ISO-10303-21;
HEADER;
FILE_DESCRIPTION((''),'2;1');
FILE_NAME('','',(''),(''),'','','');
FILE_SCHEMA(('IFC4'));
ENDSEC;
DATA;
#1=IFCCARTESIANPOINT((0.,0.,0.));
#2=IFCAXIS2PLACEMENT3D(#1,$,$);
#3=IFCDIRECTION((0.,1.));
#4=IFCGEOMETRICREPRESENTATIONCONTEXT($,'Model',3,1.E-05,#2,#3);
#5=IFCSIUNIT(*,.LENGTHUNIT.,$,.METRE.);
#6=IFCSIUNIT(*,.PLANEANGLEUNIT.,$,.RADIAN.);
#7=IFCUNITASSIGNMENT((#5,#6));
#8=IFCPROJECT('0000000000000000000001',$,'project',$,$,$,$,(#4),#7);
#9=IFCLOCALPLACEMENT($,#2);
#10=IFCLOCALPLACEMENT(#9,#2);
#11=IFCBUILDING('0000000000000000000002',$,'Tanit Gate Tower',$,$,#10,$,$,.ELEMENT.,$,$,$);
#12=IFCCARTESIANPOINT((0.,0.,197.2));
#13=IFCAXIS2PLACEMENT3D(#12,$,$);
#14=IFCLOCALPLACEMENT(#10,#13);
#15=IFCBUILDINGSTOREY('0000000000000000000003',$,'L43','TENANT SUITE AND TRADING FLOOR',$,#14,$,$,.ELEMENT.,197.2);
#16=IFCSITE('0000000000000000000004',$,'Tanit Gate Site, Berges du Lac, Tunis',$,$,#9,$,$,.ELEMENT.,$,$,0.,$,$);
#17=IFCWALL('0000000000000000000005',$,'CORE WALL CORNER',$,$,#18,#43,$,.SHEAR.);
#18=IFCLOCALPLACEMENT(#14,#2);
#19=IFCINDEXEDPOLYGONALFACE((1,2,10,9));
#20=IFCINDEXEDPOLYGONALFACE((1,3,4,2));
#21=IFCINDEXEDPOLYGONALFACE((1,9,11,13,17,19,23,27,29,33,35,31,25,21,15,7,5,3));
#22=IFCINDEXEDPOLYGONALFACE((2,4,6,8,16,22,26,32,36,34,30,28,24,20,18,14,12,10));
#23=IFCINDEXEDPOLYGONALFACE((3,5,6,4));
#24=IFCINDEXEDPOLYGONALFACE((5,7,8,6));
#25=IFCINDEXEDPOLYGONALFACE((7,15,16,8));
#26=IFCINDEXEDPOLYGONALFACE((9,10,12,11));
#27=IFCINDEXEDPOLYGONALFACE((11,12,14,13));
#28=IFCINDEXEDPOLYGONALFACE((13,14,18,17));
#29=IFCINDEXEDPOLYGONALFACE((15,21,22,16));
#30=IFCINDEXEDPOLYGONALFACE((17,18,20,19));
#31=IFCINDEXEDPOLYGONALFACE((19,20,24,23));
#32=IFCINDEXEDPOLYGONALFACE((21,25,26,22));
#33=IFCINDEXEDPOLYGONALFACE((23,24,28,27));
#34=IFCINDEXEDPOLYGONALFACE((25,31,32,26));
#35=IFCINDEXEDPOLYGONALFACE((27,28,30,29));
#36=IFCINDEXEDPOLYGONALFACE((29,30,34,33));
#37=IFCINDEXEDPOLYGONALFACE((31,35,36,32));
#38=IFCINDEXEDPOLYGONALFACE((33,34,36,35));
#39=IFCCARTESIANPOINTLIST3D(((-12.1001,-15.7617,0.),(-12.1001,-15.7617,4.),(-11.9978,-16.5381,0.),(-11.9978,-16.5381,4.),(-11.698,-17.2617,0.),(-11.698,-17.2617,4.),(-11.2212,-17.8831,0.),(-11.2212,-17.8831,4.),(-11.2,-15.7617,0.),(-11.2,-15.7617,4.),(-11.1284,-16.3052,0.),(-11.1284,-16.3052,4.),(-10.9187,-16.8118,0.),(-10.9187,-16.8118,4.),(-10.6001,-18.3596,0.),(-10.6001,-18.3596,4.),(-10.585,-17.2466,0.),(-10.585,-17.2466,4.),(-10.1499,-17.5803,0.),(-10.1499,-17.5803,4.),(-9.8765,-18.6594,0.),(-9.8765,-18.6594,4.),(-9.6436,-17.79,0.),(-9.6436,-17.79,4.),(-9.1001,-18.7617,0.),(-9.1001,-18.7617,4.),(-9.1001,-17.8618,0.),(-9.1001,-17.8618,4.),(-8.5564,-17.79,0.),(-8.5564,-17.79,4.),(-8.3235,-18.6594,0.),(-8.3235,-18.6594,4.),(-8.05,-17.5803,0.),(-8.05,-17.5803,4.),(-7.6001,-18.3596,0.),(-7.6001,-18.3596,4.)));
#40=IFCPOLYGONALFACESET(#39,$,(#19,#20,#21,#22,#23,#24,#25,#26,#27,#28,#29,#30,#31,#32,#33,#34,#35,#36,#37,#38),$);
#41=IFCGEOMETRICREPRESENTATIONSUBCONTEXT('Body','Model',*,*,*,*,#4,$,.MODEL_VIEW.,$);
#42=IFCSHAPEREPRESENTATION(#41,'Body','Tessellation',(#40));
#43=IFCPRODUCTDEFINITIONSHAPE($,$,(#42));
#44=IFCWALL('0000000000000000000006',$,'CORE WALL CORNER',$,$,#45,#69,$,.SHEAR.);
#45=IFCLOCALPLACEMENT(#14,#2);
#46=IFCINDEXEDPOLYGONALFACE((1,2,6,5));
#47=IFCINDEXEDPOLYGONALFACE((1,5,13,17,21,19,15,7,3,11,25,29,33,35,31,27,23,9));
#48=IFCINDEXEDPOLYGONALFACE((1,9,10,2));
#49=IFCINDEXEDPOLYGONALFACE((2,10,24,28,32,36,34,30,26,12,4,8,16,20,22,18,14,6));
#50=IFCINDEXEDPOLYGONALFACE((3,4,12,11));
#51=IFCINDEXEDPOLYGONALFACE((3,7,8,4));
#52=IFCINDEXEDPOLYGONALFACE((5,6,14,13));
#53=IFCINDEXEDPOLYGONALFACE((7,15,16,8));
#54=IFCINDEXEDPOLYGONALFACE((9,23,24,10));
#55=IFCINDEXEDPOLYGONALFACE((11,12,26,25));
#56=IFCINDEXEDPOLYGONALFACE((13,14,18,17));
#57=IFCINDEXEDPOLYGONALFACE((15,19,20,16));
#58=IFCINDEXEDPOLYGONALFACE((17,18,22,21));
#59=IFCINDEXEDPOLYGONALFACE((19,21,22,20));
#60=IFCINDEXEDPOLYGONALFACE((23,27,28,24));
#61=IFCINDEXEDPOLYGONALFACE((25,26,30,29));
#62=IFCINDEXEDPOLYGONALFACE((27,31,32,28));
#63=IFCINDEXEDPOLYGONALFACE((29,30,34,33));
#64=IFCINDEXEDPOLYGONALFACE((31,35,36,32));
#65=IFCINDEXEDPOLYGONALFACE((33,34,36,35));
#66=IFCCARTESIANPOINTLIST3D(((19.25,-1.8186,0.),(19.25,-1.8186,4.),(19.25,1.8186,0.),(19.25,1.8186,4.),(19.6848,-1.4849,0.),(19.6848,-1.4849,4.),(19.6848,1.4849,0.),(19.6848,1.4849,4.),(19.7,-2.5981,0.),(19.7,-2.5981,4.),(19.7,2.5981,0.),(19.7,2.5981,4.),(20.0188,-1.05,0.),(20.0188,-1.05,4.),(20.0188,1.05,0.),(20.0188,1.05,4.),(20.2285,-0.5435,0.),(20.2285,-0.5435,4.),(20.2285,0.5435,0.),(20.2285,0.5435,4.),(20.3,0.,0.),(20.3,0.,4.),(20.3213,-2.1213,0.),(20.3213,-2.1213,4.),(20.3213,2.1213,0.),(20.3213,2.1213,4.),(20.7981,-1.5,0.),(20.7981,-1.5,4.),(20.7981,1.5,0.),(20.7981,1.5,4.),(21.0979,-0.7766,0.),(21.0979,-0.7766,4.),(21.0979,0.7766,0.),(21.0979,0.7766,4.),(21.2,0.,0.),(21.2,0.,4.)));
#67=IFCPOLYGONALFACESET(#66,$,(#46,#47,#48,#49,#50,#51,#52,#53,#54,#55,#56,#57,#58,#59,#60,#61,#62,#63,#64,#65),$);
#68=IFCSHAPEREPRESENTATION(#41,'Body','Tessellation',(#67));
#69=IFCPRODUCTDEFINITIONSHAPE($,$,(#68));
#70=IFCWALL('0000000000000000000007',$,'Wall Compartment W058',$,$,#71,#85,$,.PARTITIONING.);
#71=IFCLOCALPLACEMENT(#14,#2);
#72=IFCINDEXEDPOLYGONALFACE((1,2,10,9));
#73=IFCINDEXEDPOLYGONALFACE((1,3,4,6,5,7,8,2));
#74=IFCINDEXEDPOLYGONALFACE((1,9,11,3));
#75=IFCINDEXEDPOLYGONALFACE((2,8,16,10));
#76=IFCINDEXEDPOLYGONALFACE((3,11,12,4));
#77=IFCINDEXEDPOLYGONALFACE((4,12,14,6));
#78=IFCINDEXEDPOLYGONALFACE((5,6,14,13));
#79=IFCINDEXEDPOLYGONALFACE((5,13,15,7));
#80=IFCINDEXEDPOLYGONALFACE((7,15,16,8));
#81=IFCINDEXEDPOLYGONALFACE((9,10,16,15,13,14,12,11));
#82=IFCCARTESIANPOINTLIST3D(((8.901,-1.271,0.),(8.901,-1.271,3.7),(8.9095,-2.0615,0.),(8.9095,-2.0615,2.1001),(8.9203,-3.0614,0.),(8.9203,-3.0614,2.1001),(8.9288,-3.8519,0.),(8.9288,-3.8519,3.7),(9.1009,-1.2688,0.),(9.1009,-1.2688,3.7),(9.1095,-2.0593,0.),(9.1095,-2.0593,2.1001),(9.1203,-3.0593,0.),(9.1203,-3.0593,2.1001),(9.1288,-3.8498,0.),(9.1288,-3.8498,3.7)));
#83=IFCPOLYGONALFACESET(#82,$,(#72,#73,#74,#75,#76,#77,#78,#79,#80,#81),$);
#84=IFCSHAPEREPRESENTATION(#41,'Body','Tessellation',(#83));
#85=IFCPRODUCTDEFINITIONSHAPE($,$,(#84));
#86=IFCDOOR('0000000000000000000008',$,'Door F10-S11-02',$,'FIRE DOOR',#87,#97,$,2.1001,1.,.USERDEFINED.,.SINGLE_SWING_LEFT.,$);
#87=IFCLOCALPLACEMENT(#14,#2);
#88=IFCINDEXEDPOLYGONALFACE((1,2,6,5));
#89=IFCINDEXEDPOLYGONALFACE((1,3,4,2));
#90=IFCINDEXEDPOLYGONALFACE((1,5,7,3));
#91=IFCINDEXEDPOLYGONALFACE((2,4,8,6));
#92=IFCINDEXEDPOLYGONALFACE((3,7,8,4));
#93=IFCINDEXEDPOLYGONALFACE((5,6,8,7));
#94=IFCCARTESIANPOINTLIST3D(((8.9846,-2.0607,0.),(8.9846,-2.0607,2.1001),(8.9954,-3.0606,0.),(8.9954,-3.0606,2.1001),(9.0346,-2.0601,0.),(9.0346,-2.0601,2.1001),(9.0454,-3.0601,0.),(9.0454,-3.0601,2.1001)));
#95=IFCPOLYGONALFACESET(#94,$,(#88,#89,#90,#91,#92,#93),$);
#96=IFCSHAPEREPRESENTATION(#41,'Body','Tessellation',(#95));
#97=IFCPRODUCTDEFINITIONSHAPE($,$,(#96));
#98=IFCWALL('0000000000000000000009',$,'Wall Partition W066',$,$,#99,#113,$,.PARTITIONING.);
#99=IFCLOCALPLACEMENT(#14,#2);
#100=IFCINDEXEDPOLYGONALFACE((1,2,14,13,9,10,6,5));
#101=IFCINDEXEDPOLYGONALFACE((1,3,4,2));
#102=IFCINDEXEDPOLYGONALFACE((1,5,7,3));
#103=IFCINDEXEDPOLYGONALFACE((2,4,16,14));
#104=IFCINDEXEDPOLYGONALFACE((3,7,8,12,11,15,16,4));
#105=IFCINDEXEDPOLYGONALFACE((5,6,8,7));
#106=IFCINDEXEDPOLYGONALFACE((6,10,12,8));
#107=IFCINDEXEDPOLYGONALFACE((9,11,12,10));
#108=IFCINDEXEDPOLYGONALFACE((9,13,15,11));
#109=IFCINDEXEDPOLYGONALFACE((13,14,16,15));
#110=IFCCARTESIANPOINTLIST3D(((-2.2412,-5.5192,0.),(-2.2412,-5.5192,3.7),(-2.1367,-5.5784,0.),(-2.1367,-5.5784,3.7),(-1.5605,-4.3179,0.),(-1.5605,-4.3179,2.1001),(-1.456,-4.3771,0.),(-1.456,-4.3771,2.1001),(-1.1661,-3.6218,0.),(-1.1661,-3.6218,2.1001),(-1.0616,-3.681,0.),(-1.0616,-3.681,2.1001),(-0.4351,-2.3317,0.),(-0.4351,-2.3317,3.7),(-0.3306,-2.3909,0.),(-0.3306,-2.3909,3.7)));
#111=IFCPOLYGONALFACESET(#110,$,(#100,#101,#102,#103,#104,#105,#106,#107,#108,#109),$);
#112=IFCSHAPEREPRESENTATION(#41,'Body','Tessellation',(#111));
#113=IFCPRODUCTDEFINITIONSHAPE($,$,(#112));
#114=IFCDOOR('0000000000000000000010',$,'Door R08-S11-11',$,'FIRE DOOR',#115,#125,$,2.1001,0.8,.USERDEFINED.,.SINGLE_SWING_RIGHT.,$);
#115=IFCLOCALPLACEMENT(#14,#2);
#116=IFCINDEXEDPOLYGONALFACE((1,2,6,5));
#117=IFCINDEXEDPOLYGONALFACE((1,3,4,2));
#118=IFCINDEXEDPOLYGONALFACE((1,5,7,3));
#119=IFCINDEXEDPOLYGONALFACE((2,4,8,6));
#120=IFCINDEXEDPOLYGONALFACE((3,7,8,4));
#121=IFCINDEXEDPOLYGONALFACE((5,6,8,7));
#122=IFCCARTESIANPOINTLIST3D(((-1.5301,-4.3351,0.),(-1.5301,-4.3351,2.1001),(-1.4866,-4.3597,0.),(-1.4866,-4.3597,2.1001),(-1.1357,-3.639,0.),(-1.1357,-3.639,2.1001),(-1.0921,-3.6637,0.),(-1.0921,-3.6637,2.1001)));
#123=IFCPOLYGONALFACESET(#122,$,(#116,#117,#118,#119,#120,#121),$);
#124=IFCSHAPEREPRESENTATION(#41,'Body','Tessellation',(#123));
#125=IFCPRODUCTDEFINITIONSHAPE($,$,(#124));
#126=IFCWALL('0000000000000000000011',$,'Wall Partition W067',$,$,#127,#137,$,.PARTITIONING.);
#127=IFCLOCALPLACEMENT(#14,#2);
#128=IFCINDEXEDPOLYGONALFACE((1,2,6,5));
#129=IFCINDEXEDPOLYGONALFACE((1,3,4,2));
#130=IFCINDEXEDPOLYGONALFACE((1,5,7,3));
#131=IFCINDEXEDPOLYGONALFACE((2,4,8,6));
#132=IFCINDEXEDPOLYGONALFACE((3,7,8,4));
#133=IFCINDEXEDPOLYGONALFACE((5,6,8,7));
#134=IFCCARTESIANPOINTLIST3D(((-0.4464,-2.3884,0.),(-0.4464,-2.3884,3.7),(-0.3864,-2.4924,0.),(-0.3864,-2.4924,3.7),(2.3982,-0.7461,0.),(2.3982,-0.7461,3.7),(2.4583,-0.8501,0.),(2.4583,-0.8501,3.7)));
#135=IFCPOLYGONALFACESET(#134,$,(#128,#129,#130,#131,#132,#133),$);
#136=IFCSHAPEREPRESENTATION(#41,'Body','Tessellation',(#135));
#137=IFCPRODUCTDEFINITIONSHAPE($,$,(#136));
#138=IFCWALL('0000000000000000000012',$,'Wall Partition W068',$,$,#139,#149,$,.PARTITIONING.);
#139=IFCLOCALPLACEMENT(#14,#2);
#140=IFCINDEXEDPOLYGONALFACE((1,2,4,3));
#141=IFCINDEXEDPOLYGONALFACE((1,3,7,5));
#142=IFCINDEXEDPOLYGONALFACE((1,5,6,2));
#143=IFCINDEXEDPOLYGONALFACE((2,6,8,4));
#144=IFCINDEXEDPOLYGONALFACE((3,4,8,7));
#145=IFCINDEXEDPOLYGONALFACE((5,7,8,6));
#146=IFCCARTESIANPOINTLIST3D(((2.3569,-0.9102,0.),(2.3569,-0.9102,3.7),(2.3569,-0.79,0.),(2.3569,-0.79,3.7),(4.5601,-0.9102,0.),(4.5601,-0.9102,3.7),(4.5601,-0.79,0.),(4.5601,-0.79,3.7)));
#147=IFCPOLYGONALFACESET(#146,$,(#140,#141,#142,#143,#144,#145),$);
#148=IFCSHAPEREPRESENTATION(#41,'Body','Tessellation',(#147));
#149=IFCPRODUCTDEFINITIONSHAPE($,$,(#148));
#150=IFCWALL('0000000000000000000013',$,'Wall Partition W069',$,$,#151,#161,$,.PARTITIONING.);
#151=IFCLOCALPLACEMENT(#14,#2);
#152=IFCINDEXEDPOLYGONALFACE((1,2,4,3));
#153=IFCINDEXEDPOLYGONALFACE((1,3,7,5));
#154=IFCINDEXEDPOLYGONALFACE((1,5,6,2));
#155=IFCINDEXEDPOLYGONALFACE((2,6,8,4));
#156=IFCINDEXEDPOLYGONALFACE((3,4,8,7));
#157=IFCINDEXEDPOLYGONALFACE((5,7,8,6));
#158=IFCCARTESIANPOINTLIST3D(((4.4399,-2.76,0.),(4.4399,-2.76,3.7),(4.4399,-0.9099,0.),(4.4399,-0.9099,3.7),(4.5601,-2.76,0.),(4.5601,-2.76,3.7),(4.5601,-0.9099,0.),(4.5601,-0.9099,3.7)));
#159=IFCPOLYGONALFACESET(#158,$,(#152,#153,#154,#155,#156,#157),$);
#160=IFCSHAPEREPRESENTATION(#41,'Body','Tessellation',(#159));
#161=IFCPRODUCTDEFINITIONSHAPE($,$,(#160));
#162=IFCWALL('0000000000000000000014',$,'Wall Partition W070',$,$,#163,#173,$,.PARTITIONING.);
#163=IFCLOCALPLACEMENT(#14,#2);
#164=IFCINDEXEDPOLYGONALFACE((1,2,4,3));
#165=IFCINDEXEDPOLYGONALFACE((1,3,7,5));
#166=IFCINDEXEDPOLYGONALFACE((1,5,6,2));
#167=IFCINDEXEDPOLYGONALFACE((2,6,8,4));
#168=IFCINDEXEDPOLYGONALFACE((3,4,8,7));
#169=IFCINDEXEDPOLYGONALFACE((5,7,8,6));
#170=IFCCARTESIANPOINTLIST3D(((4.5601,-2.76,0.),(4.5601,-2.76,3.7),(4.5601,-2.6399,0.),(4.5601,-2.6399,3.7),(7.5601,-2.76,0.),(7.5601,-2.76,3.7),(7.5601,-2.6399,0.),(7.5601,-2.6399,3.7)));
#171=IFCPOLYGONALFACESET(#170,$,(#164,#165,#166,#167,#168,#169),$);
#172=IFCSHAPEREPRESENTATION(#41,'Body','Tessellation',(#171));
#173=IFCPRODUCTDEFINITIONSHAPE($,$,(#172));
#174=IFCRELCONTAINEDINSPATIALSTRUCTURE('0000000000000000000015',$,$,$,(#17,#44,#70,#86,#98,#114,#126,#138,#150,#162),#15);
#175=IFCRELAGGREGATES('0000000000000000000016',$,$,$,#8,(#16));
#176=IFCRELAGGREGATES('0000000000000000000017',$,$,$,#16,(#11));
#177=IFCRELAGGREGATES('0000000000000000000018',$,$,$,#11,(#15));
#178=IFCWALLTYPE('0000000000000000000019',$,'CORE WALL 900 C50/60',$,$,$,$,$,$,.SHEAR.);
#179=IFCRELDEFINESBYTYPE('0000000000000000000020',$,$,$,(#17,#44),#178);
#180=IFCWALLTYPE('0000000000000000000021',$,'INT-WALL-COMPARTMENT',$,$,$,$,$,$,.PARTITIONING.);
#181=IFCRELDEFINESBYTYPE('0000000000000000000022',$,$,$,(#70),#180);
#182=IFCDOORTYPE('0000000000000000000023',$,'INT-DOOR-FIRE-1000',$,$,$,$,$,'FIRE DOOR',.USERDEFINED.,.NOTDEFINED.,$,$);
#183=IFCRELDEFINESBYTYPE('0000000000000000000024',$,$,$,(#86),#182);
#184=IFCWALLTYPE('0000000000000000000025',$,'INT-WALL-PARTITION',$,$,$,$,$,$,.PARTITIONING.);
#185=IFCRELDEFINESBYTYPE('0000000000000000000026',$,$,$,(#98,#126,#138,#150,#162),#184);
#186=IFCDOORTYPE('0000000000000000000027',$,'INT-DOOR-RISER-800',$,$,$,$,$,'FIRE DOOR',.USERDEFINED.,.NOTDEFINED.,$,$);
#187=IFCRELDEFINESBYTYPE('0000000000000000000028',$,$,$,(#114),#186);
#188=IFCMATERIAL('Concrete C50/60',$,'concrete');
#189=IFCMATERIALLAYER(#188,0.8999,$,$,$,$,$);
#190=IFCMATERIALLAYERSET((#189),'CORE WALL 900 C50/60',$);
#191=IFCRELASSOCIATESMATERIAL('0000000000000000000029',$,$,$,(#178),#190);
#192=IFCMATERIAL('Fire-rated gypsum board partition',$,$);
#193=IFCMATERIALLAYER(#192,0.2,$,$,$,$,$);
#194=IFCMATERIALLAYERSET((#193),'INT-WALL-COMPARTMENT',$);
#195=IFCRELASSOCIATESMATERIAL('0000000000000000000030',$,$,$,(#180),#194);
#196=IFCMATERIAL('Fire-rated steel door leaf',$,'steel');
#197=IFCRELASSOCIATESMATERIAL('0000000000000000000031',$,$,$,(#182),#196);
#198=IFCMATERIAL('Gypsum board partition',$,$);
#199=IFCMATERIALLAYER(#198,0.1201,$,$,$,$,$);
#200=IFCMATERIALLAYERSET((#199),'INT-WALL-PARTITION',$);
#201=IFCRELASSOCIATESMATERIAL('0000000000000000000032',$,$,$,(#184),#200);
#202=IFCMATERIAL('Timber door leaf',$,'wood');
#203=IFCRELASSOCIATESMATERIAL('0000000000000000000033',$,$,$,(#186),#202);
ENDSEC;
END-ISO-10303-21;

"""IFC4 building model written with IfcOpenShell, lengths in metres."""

from ifc_helpers import new_model, si_unit, direction, frame, frame_2d, origin, place, context, subcontext, project, spatial, polyline, rectangle, outline, extrude, material, layer, layer_set, type_object, element, fill, save


model = new_model("IFC4")

# Units and contexts
model_context = context("Model", 3, precision=1e-05, world=origin(), true_north=direction((0.0, 1.0)))
body_context = subcontext(model_context, "Body", "Model", "MODEL_VIEW")
ifc_project = project(units=[si_unit("LENGTHUNIT", "METRE"), si_unit("PLANEANGLEUNIT", "RADIAN")], contexts=[model_context])

# Site, building, storey
site_placement = place(None, origin())
site = spatial("IfcSite", under=ifc_project, at=site_placement, Name="Tanit Gate Site, Berges du Lac, Tunis", CompositionType="ELEMENT", RefElevation=0.0)
building_placement = place(site_placement, origin())
building = spatial("IfcBuilding", under=site, at=building_placement, Name="Tanit Gate Tower", CompositionType="ELEMENT")
storey_placement = place(building_placement, frame((0.0, 0.0, 197.2)))
storey = spatial("IfcBuildingStorey", under=building, at=storey_placement, Name="L43", Description="TENANT SUITE AND TRADING FLOOR", CompositionType="ELEMENT", Elevation=197.2)

# Walls
ifc_material_1 = material(Name="Concrete C50/60", Category="concrete")
ifc_layer_1 = layer(ifc_material_1, 0.8999)
ifc_layer_set_1 = layer_set([ifc_layer_1], Name="CORE WALL 900 C50/60")
wall_type_1 = type_object("IfcWallType", Name="CORE WALL 900 C50/60", PredefinedType="SHEAR", material=ifc_layer_set_1)
wall_1_placement = place(storey_placement, origin())
element("IfcWall", 1, at=wall_1_placement, inside=storey, type_object=wall_type_1, Name="CORE WALL CORNER", PredefinedType="SHEAR", context=body_context, shape_type="SweptSolid", body=[
    extrude(outline(polyline([(-12.1001, -15.7617), (-11.9978, -16.5381), (-11.698, -17.2617), (-11.2212, -17.8831), (-10.6001, -18.3596), (-9.8765, -18.6594), (-9.1001, -18.7617), (-8.3235, -18.6594), (-7.6001, -18.3596), (-8.05, -17.5803), (-8.5564, -17.79), (-9.1001, -17.8618), (-9.6436, -17.79), (-10.1499, -17.5803), (-10.585, -17.2466), (-10.9187, -16.8118), (-11.1284, -16.3052), (-11.2, -15.7617), (-12.1001, -15.7617)])), origin(), (0.0, 0.0, 1.0), 4.0),
])
wall_2_placement = place(storey_placement, origin())
element("IfcWall", 2, at=wall_2_placement, inside=storey, type_object=wall_type_1, Name="CORE WALL CORNER", PredefinedType="SHEAR", context=body_context, shape_type="SweptSolid", body=[
    extrude(outline(polyline([(19.7, -2.5981), (20.3213, -2.1213), (20.7981, -1.5), (21.0979, -0.7766), (21.2, 0.0), (21.0979, 0.7766), (20.7981, 1.5), (20.3213, 2.1213), (19.7, 2.5981), (19.25, 1.8186), (19.6848, 1.4849), (20.0188, 1.05), (20.2285, 0.5435), (20.3, 0.0), (20.2285, -0.5435), (20.0188, -1.05), (19.6848, -1.4849), (19.25, -1.8186), (19.7, -2.5981)])), origin(), (0.0, 0.0, 1.0), 4.0),
])

# Walls, openings, doors
ifc_material_2 = material(Name="Fire-rated gypsum board partition")
ifc_layer_2 = layer(ifc_material_2, 0.2)
ifc_layer_set_2 = layer_set([ifc_layer_2], Name="INT-WALL-COMPARTMENT")
wall_type_2 = type_object("IfcWallType", Name="INT-WALL-COMPARTMENT", PredefinedType="PARTITIONING", material=ifc_layer_set_2)
wall_3_placement = place(storey_placement, frame((9.0288, -3.8508, 0.0), z_axis=(0.0, 0.0, 1.0), x_axis=(-0.010784, 0.999942, 0.0)))
wall_3 = element("IfcWall", 3, at=wall_3_placement, inside=storey, type_object=wall_type_2, Name="Wall Compartment W058", PredefinedType="PARTITIONING", context=body_context, shape_type="SweptSolid", body=[
    extrude(rectangle(XDim=2.5811, YDim=0.2, at=frame_2d((1.2905, 0.0))), origin(), (0.0, 0.0, 1.0), 3.7),
])
opening_1_placement = place(wall_3_placement, frame((0.7905, 0.0, 0.0)))
opening_1 = element("IfcOpeningElement", 4, at=opening_1_placement, cuts=wall_3, PredefinedType="OPENING", context=body_context, shape_type="SweptSolid", body=[
    extrude(rectangle(XDim=1.0, YDim=2.1001, at=frame_2d((0.5, 1.05))), frame((0.0, 0.1099, 0.0), z_axis=(0.0, -1.0, 0.0), x_axis=(1.0, 0.0, 0.0)), (0.0, 0.0, 1.0), 0.22),
])
ifc_material_3 = material(Name="Fire-rated steel door leaf", Category="steel")
door_type_1 = type_object("IfcDoorType", Name="INT-DOOR-FIRE-1000", ElementType="FIRE DOOR", OperationType="NOTDEFINED", PredefinedType="USERDEFINED", material=ifc_material_3)
door_1_placement = place(opening_1_placement, origin())
door_1 = element("IfcDoor", 5, at=door_1_placement, inside=storey, type_object=door_type_1, Name="Door F10-S11-02", ObjectType="FIRE DOOR", OperationType="SINGLE_SWING_LEFT", OverallHeight=2.1001, OverallWidth=1.0, PredefinedType="USERDEFINED", context=body_context, shape_type="SweptSolid", body=[
    extrude(rectangle(XDim=1.0, YDim=2.1001, at=frame_2d((0.5, 1.05))), frame((0.0, 0.0249, 0.0), z_axis=(0.0, -1.0, 0.0), x_axis=(1.0, 0.0, 0.0)), (0.0, 0.0, 1.0), 0.05),
])
fill(opening_1, door_1)
ifc_material_4 = material(Name="Gypsum board partition")
ifc_layer_3 = layer(ifc_material_4, 0.1201)
ifc_layer_set_3 = layer_set([ifc_layer_3], Name="INT-WALL-PARTITION")
wall_type_3 = type_object("IfcWallType", Name="INT-WALL-PARTITION", PredefinedType="PARTITIONING", material=ifc_layer_set_3)
wall_4_placement = place(storey_placement, frame((-0.3828, -2.3613, 0.0), z_axis=(0.0, 0.0, 1.0), x_axis=(-0.492992, -0.870034, 0.0)))
wall_4 = element("IfcWall", 6, at=wall_4_placement, inside=storey, type_object=wall_type_3, Name="Wall Partition W066", PredefinedType="PARTITIONING", context=body_context, shape_type="SweptSolid", body=[
    extrude(rectangle(XDim=3.6636, YDim=0.1201, at=frame_2d((1.8318, 0.0))), origin(), (0.0, 0.0, 1.0), 3.7),
])
opening_2_placement = place(wall_4_placement, frame((1.4829, 0.0, 0.0)))
opening_2 = element("IfcOpeningElement", 7, at=opening_2_placement, cuts=wall_4, PredefinedType="OPENING", context=body_context, shape_type="SweptSolid", body=[
    extrude(rectangle(XDim=0.8, YDim=2.1001, at=frame_2d((0.3999, 1.05))), frame((0.0, 0.0701, 0.0), z_axis=(0.0, -1.0, 0.0), x_axis=(1.0, 0.0, 0.0)), (0.0, 0.0, 1.0), 0.1401),
])
ifc_material_5 = material(Name="Timber door leaf", Category="wood")
door_type_2 = type_object("IfcDoorType", Name="INT-DOOR-RISER-800", ElementType="FIRE DOOR", OperationType="NOTDEFINED", PredefinedType="USERDEFINED", material=ifc_material_5)
door_2_placement = place(opening_2_placement, origin())
door_2 = element("IfcDoor", 8, at=door_2_placement, inside=storey, type_object=door_type_2, Name="Door R08-S11-11", ObjectType="FIRE DOOR", OperationType="SINGLE_SWING_RIGHT", OverallHeight=2.1001, OverallWidth=0.8, PredefinedType="USERDEFINED", context=body_context, shape_type="SweptSolid", body=[
    extrude(rectangle(XDim=0.8, YDim=2.1001, at=frame_2d((0.3999, 1.05))), frame((0.0, 0.0249, 0.0), z_axis=(0.0, -1.0, 0.0), x_axis=(1.0, 0.0, 0.0)), (0.0, 0.0, 1.0), 0.05),
])
fill(opening_2, door_2)

# Walls
wall_5_placement = place(storey_placement, frame((2.4282, -0.7981, 0.0), z_axis=(0.0, 0.0, 1.0), x_axis=(-0.866035, -0.499984, 0.0)))
element("IfcWall", 9, at=wall_5_placement, inside=storey, type_object=wall_type_3, Name="Wall Partition W067", PredefinedType="PARTITIONING", context=body_context, shape_type="SweptSolid", body=[
    extrude(rectangle(XDim=3.2847, YDim=0.1201, at=frame_2d((1.6423, 0.0))), origin(), (0.0, 0.0, 1.0), 3.7),
])
wall_6_placement = place(storey_placement, frame((4.5601, -0.8501, 0.0), z_axis=(0.0, 0.0, 1.0), x_axis=(-1.0, 0.0, 0.0)))
element("IfcWall", 10, at=wall_6_placement, inside=storey, type_object=wall_type_3, Name="Wall Partition W068", PredefinedType="PARTITIONING", context=body_context, shape_type="SweptSolid", body=[
    extrude(rectangle(XDim=2.2031, YDim=0.1201, at=frame_2d((1.1016, 0.0))), origin(), (0.0, 0.0, 1.0), 3.7),
])
wall_7_placement = place(storey_placement, frame((4.5, -2.76, 0.0), z_axis=(0.0, 0.0, 1.0), x_axis=(0.0, 1.0, 0.0)))
element("IfcWall", 11, at=wall_7_placement, inside=storey, type_object=wall_type_3, Name="Wall Partition W069", PredefinedType="PARTITIONING", context=body_context, shape_type="SweptSolid", body=[
    extrude(rectangle(XDim=1.8501, YDim=0.1201, at=frame_2d((0.925, 0.0))), origin(), (0.0, 0.0, 1.0), 3.7),
])
wall_8_placement = place(storey_placement, frame((7.5601, -2.7, 0.0), z_axis=(0.0, 0.0, 1.0), x_axis=(-1.0, 0.0, 0.0)))
element("IfcWall", 12, at=wall_8_placement, inside=storey, type_object=wall_type_3, Name="Wall Partition W070", PredefinedType="PARTITIONING", context=body_context, shape_type="SweptSolid", body=[
    extrude(rectangle(XDim=3.0, YDim=0.1201, at=frame_2d((1.5, 0.0))), origin(), (0.0, 0.0, 1.0), 3.7),
])

save(model, "model.ifc")
